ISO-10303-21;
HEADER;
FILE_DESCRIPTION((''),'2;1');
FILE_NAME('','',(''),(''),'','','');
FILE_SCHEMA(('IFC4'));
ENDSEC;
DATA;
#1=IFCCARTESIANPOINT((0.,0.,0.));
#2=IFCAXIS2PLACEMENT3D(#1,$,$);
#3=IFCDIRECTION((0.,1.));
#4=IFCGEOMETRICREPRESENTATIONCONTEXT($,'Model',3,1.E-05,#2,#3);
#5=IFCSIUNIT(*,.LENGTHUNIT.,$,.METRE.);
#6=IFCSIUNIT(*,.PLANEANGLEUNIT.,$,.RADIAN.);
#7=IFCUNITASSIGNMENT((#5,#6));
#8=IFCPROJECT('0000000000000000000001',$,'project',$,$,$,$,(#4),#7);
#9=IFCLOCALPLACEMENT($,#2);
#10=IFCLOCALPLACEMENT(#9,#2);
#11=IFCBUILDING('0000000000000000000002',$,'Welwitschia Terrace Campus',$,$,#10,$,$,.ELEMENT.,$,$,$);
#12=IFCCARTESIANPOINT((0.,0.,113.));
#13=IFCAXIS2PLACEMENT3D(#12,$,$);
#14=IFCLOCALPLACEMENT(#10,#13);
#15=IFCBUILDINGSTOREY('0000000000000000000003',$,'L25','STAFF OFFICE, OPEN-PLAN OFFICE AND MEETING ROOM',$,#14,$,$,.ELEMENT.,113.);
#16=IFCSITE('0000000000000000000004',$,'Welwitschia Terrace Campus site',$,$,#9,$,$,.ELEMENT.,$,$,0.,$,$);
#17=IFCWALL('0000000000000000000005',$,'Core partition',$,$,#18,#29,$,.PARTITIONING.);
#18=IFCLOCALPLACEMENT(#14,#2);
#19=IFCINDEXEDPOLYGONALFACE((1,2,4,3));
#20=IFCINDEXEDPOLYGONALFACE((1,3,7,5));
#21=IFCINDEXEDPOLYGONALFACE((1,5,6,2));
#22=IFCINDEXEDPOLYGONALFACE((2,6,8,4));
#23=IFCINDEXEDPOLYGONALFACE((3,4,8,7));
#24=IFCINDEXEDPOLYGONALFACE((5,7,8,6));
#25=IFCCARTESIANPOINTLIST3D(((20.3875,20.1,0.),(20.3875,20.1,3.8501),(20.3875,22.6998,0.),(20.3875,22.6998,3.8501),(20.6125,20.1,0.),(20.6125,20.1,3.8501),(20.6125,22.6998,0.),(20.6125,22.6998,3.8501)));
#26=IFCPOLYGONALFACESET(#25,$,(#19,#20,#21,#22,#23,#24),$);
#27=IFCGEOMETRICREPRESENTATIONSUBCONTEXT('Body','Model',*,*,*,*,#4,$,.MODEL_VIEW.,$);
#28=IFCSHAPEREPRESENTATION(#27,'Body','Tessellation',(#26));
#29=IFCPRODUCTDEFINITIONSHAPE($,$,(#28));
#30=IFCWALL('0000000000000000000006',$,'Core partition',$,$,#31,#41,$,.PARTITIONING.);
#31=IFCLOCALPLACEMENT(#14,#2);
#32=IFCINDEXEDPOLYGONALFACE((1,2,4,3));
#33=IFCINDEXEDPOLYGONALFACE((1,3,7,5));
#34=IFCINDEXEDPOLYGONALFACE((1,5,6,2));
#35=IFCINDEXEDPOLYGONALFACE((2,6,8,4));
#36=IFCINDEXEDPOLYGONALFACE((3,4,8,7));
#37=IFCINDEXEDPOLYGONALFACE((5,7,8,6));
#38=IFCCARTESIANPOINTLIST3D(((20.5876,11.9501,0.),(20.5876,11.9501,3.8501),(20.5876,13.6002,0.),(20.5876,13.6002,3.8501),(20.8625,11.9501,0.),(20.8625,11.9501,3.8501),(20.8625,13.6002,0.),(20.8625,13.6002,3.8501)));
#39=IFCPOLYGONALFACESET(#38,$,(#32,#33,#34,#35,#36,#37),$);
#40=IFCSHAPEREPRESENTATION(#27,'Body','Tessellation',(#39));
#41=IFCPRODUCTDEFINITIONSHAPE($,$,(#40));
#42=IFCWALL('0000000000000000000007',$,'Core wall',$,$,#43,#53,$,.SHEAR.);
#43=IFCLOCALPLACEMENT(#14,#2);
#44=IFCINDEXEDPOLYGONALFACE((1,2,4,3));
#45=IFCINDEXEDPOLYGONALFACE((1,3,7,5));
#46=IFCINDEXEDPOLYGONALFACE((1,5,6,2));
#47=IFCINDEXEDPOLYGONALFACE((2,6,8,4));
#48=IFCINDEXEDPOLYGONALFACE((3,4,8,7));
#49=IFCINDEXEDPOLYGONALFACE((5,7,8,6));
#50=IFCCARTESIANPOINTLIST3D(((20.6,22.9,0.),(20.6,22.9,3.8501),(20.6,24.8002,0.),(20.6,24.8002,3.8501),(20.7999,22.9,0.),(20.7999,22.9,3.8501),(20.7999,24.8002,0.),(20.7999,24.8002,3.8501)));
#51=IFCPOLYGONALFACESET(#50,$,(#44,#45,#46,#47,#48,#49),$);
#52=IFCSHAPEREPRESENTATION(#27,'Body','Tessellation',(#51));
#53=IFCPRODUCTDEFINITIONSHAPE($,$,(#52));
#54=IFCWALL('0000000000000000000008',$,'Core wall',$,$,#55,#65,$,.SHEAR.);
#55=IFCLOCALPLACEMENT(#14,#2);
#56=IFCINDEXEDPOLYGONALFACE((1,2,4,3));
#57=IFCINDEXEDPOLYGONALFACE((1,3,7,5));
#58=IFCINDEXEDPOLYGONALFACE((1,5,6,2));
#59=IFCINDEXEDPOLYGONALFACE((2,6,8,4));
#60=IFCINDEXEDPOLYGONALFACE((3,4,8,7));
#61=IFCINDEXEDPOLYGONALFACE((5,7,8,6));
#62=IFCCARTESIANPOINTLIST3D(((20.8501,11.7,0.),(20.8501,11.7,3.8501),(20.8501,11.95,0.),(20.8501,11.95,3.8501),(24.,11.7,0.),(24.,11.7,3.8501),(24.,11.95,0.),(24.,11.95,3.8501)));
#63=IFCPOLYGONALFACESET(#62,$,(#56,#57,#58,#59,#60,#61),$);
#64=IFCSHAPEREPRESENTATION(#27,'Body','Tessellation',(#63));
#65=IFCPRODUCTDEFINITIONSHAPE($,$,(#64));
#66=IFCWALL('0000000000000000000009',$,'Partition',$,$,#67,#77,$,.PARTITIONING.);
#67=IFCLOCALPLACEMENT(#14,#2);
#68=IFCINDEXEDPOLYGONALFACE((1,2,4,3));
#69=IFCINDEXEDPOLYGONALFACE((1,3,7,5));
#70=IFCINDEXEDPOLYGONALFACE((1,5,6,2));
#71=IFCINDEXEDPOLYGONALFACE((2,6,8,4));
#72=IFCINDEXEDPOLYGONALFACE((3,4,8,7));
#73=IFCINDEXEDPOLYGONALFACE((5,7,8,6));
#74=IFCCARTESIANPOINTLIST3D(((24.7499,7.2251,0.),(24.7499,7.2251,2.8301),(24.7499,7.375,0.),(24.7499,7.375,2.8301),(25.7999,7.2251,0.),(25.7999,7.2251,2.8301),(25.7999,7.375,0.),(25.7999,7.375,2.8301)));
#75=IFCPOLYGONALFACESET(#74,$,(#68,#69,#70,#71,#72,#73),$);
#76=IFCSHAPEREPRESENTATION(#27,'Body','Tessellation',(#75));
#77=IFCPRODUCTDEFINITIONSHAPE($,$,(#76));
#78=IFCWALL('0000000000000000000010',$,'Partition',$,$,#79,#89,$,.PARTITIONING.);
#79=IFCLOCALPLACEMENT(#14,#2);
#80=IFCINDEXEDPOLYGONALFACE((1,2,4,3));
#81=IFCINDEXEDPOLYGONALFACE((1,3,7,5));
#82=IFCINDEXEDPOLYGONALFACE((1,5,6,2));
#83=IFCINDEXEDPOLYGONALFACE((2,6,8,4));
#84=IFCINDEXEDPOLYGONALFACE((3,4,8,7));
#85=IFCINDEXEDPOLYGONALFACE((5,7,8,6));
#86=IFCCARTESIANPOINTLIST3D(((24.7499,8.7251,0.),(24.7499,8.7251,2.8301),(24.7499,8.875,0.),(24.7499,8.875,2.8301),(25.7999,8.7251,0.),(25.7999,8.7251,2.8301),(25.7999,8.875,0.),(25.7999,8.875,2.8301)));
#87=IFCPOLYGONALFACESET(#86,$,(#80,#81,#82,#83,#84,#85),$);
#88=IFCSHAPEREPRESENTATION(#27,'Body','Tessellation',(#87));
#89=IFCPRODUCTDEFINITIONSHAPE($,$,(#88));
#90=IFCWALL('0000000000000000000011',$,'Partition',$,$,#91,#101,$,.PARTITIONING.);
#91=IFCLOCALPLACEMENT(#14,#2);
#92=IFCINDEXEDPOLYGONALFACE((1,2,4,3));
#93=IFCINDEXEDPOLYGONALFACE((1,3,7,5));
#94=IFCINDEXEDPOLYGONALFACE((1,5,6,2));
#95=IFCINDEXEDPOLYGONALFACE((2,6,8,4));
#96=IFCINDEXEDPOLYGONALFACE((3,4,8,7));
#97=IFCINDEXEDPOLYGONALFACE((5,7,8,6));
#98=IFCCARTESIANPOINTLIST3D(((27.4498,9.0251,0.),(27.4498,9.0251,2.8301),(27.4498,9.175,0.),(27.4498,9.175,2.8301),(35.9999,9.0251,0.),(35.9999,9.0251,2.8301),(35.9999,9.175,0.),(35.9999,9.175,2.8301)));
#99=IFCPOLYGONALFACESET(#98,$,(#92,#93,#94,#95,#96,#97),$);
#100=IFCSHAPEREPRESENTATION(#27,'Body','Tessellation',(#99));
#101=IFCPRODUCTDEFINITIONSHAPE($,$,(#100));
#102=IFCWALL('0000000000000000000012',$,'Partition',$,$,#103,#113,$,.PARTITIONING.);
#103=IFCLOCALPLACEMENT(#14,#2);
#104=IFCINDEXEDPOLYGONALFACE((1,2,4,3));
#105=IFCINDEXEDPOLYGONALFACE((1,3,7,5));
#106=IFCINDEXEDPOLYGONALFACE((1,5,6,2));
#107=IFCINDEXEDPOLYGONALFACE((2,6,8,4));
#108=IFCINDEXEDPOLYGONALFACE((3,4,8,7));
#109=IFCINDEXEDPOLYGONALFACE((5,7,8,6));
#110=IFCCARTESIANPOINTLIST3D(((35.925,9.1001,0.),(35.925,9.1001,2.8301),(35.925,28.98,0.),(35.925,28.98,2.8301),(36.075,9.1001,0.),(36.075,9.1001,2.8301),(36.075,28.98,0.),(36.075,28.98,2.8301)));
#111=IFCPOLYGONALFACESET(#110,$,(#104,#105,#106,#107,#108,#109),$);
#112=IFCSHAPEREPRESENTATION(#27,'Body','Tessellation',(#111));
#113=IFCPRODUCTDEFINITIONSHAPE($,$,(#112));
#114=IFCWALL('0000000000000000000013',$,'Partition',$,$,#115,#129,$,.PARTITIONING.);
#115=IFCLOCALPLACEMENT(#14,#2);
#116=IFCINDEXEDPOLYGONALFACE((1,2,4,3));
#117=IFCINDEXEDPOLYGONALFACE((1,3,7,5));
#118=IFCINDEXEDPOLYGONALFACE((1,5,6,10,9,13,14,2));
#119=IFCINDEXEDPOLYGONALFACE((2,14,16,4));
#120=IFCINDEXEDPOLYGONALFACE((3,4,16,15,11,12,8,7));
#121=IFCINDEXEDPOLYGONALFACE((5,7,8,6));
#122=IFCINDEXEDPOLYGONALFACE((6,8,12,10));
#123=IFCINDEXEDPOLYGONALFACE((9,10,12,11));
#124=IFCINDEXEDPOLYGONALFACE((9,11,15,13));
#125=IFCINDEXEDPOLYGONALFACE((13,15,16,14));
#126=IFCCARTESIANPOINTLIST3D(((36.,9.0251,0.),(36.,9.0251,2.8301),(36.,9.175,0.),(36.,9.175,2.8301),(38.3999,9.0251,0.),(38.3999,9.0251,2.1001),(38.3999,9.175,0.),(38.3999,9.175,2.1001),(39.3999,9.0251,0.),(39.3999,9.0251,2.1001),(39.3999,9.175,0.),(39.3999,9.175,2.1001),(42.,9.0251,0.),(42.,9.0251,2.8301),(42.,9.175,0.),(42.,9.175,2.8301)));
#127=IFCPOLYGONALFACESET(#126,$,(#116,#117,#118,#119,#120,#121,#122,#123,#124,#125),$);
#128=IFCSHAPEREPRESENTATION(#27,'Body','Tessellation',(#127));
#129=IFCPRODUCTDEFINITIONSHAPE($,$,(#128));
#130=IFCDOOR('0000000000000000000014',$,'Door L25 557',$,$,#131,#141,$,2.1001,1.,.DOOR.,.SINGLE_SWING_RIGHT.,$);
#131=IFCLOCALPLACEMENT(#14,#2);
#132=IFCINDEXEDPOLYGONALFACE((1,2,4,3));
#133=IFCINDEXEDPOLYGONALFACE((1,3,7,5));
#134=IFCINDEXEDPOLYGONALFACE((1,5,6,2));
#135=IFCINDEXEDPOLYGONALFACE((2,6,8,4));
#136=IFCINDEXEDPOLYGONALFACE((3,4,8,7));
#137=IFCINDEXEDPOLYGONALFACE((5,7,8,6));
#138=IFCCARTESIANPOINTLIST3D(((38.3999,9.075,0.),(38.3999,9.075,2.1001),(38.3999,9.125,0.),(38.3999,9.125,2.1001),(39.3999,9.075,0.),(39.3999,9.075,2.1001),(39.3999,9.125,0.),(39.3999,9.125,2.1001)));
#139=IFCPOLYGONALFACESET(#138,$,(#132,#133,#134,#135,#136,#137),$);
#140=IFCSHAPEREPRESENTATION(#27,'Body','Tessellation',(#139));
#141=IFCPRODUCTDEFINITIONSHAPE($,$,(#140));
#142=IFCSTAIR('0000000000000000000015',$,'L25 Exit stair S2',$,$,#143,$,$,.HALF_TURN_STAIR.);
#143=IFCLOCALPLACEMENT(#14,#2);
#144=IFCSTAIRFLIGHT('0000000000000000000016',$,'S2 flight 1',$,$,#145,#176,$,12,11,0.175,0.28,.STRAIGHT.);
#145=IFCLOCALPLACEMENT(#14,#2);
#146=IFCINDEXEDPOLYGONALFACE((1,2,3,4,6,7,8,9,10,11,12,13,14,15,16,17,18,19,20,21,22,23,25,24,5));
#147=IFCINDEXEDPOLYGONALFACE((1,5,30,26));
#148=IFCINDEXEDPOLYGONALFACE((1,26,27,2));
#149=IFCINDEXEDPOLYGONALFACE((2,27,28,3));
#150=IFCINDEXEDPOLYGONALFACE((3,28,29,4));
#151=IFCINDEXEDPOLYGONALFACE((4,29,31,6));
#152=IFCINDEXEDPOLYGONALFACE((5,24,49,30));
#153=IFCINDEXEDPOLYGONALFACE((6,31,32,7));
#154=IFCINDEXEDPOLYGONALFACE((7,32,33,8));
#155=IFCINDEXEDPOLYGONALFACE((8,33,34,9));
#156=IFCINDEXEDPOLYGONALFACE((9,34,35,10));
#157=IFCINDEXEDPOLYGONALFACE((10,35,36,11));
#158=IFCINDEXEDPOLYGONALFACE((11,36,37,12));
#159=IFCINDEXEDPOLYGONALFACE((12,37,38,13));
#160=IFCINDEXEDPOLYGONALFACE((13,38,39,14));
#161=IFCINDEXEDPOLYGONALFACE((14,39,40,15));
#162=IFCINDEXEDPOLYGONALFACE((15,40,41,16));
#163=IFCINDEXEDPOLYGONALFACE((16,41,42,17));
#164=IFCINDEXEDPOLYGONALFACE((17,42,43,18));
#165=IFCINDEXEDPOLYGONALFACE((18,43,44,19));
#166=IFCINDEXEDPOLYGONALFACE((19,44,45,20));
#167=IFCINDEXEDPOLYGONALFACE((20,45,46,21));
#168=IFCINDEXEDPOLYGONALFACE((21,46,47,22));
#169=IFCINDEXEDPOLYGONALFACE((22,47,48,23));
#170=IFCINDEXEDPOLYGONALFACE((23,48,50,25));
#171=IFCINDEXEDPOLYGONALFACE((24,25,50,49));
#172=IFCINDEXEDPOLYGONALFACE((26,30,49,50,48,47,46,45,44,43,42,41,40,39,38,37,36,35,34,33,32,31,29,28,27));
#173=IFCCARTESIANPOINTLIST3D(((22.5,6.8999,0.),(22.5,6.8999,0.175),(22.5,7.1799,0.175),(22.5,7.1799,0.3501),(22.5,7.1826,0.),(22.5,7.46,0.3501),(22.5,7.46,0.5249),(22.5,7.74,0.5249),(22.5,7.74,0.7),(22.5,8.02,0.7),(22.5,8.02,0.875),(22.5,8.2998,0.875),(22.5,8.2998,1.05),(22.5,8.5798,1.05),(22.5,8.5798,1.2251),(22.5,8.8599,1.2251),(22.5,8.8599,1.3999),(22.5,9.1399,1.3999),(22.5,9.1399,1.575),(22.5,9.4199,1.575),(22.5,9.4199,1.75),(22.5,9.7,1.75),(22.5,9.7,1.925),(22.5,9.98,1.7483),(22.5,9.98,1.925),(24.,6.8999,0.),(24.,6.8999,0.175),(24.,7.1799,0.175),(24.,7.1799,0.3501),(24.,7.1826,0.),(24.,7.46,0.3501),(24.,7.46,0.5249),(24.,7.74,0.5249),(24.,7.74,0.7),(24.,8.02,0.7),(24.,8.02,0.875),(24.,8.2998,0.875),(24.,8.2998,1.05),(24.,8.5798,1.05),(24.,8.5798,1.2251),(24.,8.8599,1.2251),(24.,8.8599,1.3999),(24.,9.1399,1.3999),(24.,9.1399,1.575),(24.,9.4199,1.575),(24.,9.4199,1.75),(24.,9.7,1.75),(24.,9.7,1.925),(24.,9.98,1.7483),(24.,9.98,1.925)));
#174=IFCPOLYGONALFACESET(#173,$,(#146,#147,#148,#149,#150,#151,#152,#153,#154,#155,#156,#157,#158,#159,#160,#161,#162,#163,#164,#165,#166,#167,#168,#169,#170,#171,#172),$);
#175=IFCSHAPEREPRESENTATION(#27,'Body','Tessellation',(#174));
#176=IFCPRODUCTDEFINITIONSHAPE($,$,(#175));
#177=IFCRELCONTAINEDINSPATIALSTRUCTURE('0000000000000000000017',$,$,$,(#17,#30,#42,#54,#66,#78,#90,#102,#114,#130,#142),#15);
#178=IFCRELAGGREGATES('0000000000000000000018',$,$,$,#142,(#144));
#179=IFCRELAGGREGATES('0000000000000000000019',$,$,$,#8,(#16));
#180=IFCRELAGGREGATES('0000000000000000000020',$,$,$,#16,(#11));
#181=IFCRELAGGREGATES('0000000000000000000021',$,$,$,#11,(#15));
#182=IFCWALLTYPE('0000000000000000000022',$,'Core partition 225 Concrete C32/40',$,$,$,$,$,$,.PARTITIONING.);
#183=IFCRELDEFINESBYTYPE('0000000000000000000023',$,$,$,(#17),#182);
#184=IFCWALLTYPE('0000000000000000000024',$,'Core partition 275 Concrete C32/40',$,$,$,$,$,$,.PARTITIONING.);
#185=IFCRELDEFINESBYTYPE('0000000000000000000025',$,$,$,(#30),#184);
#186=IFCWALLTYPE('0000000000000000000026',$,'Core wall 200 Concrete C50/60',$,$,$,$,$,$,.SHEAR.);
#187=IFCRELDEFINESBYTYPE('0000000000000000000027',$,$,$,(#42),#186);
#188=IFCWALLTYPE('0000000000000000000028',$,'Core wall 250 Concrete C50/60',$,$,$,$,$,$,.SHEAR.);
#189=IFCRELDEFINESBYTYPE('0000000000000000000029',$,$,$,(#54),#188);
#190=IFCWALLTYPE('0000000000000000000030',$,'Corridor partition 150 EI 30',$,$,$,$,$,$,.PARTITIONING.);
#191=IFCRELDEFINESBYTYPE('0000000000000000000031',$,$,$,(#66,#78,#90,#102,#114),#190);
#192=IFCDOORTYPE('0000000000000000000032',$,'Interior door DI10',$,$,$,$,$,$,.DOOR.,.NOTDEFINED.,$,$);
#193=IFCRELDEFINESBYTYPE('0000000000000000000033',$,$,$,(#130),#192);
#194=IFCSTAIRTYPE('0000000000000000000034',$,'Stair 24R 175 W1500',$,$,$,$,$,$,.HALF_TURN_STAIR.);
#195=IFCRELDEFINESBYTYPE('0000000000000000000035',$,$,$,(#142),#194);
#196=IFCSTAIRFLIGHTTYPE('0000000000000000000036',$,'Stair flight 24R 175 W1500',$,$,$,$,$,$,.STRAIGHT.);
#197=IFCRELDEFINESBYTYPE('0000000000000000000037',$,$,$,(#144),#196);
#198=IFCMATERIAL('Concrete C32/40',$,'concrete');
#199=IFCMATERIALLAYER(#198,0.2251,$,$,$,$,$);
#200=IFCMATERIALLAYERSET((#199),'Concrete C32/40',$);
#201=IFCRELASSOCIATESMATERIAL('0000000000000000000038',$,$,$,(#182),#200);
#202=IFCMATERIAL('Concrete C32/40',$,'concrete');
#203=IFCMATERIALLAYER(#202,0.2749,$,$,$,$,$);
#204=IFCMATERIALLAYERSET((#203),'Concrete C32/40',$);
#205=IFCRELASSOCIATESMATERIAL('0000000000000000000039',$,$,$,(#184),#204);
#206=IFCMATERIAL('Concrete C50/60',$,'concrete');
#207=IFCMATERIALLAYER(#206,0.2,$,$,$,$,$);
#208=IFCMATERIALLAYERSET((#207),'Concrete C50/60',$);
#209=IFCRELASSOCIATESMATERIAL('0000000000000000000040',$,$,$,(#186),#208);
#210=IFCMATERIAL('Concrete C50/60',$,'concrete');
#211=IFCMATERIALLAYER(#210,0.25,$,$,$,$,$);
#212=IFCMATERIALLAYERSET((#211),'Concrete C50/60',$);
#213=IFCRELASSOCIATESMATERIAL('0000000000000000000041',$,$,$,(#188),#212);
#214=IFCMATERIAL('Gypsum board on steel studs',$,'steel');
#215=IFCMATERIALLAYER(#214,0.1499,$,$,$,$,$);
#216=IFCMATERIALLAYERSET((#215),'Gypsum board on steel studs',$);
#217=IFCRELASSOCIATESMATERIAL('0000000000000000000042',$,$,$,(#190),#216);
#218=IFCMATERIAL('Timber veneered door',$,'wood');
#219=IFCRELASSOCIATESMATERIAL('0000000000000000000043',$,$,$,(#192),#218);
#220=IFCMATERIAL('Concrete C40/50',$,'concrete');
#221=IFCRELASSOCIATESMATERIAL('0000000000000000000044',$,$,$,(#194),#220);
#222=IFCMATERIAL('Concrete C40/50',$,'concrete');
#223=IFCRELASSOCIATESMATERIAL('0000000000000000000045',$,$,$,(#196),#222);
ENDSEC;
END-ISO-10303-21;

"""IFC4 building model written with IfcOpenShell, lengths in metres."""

from ifc_helpers import new_model, si_unit, direction, frame, frame_2d, origin, place, context, subcontext, project, spatial, polyline, rectangle, outline, extrude, material, layer, layer_set, type_object, element, fill, aggregate, save


model = new_model("IFC4")

# Units and contexts
model_context = context("Model", 3, precision=1e-05, world=origin(), true_north=direction((0.0, 1.0)))
body_context = subcontext(model_context, "Body", "Model", "MODEL_VIEW")
ifc_project = project(units=[si_unit("LENGTHUNIT", "METRE"), si_unit("PLANEANGLEUNIT", "RADIAN")], contexts=[model_context])

# Site, building, storey
site_placement = place(None, origin())
site = spatial("IfcSite", under=ifc_project, at=site_placement, Name="Welwitschia Terrace Campus site", CompositionType="ELEMENT", RefElevation=0.0)
building_placement = place(site_placement, origin())
building = spatial("IfcBuilding", under=site, at=building_placement, Name="Welwitschia Terrace Campus", CompositionType="ELEMENT")
storey_placement = place(building_placement, frame((0.0, 0.0, 113.0)))
storey = spatial("IfcBuildingStorey", under=building, at=storey_placement, Name="L25", Description="STAFF OFFICE, OPEN-PLAN OFFICE AND MEETING ROOM", CompositionType="ELEMENT", Elevation=113.0)

# Shared definitions
ifc_material_1 = material(Name="Concrete C32/40", Category="concrete")
ifc_layer_1 = layer(ifc_material_1, 0.2251)
ifc_layer_set_1 = layer_set([ifc_layer_1], Name="Concrete C32/40")
wall_type_1 = type_object("IfcWallType", Name="Core partition 225 Concrete C32/40", PredefinedType="PARTITIONING", material=ifc_layer_set_1)

# Walls
for number, where, z_axis, x_axis, name in (
    (1, (20.5, 20.1001, 0.0), (0.0, 0.0, 1.0), (0.0, 1.0, 0.0), "Core partition"),
):
    element("IfcWall", number, at=place(storey_placement, frame(where, z_axis=z_axis, x_axis=x_axis)), inside=storey, type_object=wall_type_1, Name=name, PredefinedType="PARTITIONING", context=body_context, shape_type="SweptSolid", body=[
        extrude(rectangle(XDim=2.5999, YDim=0.2251, at=frame_2d((1.2998, 0.0))), origin(), (0.0, 0.0, 1.0), 3.8501),
    ])
ifc_material_2 = material(Name="Concrete C32/40", Category="concrete")
ifc_layer_2 = layer(ifc_material_2, 0.2749)
ifc_layer_set_2 = layer_set([ifc_layer_2], Name="Concrete C32/40")
wall_type_2 = type_object("IfcWallType", Name="Core partition 275 Concrete C32/40", PredefinedType="PARTITIONING", material=ifc_layer_set_2)
wall_1_placement = place(storey_placement, frame((20.7251, 11.95, 0.0), z_axis=(0.0, 0.0, 1.0), x_axis=(0.0, 1.0, 0.0)))
element("IfcWall", 2, at=wall_1_placement, inside=storey, type_object=wall_type_2, Name="Core partition", PredefinedType="PARTITIONING", context=body_context, shape_type="SweptSolid", body=[
    extrude(rectangle(XDim=1.6501, YDim=0.2749, at=frame_2d((0.8252, 0.0))), origin(), (0.0, 0.0, 1.0), 3.8501),
])
ifc_material_3 = material(Name="Concrete C50/60", Category="concrete")
ifc_layer_3 = layer(ifc_material_3, 0.2)
ifc_layer_set_3 = layer_set([ifc_layer_3], Name="Concrete C50/60")
wall_type_3 = type_object("IfcWallType", Name="Core wall 200 Concrete C50/60", PredefinedType="SHEAR", material=ifc_layer_set_3)
wall_2_placement = place(storey_placement, frame((20.7, 22.8999, 0.0), z_axis=(0.0, 0.0, 1.0), x_axis=(0.0, 1.0, 0.0)))
element("IfcWall", 3, at=wall_2_placement, inside=storey, type_object=wall_type_3, Name="Core wall", PredefinedType="SHEAR", context=body_context, shape_type="SweptSolid", body=[
    extrude(rectangle(XDim=1.9001, YDim=0.2, at=frame_2d((0.9502, 0.0))), origin(), (0.0, 0.0, 1.0), 3.8501),
])
ifc_material_4 = material(Name="Concrete C50/60", Category="concrete")
ifc_layer_4 = layer(ifc_material_4, 0.25)
ifc_layer_set_4 = layer_set([ifc_layer_4], Name="Concrete C50/60")
wall_type_4 = type_object("IfcWallType", Name="Core wall 250 Concrete C50/60", PredefinedType="SHEAR", material=ifc_layer_set_4)
wall_3_placement = place(storey_placement, frame((20.8501, 11.825, 0.0), z_axis=(0.0, 0.0, 1.0), x_axis=(1.0, 0.0, 0.0)))
element("IfcWall", 4, at=wall_3_placement, inside=storey, type_object=wall_type_4, Name="Core wall", PredefinedType="SHEAR", context=body_context, shape_type="SweptSolid", body=[
    extrude(rectangle(XDim=3.1499, YDim=0.25, at=frame_2d((1.575, 0.0))), origin(), (0.0, 0.0, 1.0), 3.8501),
])
ifc_material_5 = material(Name="Gypsum board on steel studs", Category="steel")
ifc_layer_5 = layer(ifc_material_5, 0.1499)
ifc_layer_set_5 = layer_set([ifc_layer_5], Name="Gypsum board on steel studs")
wall_type_5 = type_object("IfcWallType", Name="Corridor partition 150 EI 30", PredefinedType="PARTITIONING", material=ifc_layer_set_5)
for number, where, z_axis, x_axis, name in (
    (5, (24.75, 7.3, 0.0), (0.0, 0.0, 1.0), (1.0, 0.0, 0.0), "Partition"),
    (6, (24.75, 8.8, 0.0), (0.0, 0.0, 1.0), (1.0, 0.0, 0.0), "Partition"),
):
    element("IfcWall", number, at=place(storey_placement, frame(where, z_axis=z_axis, x_axis=x_axis)), inside=storey, type_object=wall_type_5, Name=name, PredefinedType="PARTITIONING", context=body_context, shape_type="SweptSolid", body=[
        extrude(rectangle(XDim=1.05, YDim=0.1499, at=frame_2d((0.5249, 0.0))), origin(), (0.0, 0.0, 1.0), 2.8301),
    ])
wall_4_placement = place(storey_placement, frame((27.45, 9.1001, 0.0), z_axis=(0.0, 0.0, 1.0), x_axis=(1.0, 0.0, 0.0)))
element("IfcWall", 7, at=wall_4_placement, inside=storey, type_object=wall_type_5, Name="Partition", PredefinedType="PARTITIONING", context=body_context, shape_type="SweptSolid", body=[
    extrude(rectangle(XDim=8.55, YDim=0.1499, at=frame_2d((4.2749, 0.0))), origin(), (0.0, 0.0, 1.0), 2.8301),
])
wall_5_placement = place(storey_placement, frame((36.0, 9.1001, 0.0), z_axis=(0.0, 0.0, 1.0), x_axis=(0.0, 1.0, 0.0)))
element("IfcWall", 8, at=wall_5_placement, inside=storey, type_object=wall_type_5, Name="Partition", PredefinedType="PARTITIONING", context=body_context, shape_type="SweptSolid", body=[
    extrude(rectangle(XDim=19.8799, YDim=0.1499, at=frame_2d((9.9399, 0.0))), origin(), (0.0, 0.0, 1.0), 2.8301),
])

# Wall, opening, door
wall_6_placement = place(storey_placement, frame((36.0, 9.1001, 0.0), z_axis=(0.0, 0.0, 1.0), x_axis=(1.0, 0.0, 0.0)))
wall_6 = element("IfcWall", 9, at=wall_6_placement, inside=storey, type_object=wall_type_5, Name="Partition", PredefinedType="PARTITIONING", context=body_context, shape_type="SweptSolid", body=[
    extrude(rectangle(XDim=6.0, YDim=0.1499, at=frame_2d((3.0, 0.0))), origin(), (0.0, 0.0, 1.0), 2.8301),
])
opening_1_placement = place(wall_6_placement, frame((2.3999, 0.0, 0.0)))
opening_1 = element("IfcOpeningElement", 10, at=opening_1_placement, cuts=wall_6, PredefinedType="OPENING", context=body_context, shape_type="SweptSolid", body=[
    extrude(rectangle(XDim=1.0, YDim=2.1001, at=frame_2d((0.5, 1.05))), frame((0.0, 0.085, 0.0), z_axis=(0.0, -1.0, 0.0), x_axis=(1.0, 0.0, 0.0)), (0.0, 0.0, 1.0), 0.1699),
])
ifc_material_6 = material(Name="Timber veneered door", Category="wood")
door_type_1 = type_object("IfcDoorType", Name="Interior door DI10", OperationType="NOTDEFINED", PredefinedType="DOOR", material=ifc_material_6)
door_1_placement = place(opening_1_placement, origin())
door_1 = element("IfcDoor", 11, at=door_1_placement, inside=storey, type_object=door_type_1, Name="Door L25 557", OperationType="SINGLE_SWING_RIGHT", OverallHeight=2.1001, OverallWidth=1.0, PredefinedType="DOOR", context=body_context, shape_type="SweptSolid", body=[
    extrude(rectangle(XDim=1.0, YDim=2.1001, at=frame_2d((0.5, 1.05))), frame((0.0, 0.0249, 0.0), z_axis=(0.0, -1.0, 0.0), x_axis=(1.0, 0.0, 0.0)), (0.0, 0.0, 1.0), 0.05),
])
fill(opening_1, door_1)

# Stair, stair flight
ifc_material_7 = material(Name="Concrete C40/50", Category="concrete")
stair_type = type_object("IfcStairType", Name="Stair 24R 175 W1500", PredefinedType="HALF_TURN_STAIR", material=ifc_material_7)
stair_placement = place(storey_placement, origin())
stair = element("IfcStair", 12, at=stair_placement, inside=storey, type_object=stair_type, Name="L25 Exit stair S2", PredefinedType="HALF_TURN_STAIR")
ifc_material_8 = material(Name="Concrete C40/50", Category="concrete")
stair_flight_type = type_object("IfcStairFlightType", Name="Stair flight 24R 175 W1500", PredefinedType="STRAIGHT", material=ifc_material_8)
stair_flight_1_placement = place(storey_placement, frame((23.25, 6.8999, 0.0), z_axis=(0.0, 0.0, 1.0), x_axis=(0.0, 1.0, 0.0)))
stair_flight_1 = element("IfcStairFlight", 13, at=stair_flight_1_placement, type_object=stair_flight_type, Name="S2 flight 1", NumberOfRisers=12, NumberOfTreads=11, PredefinedType="STRAIGHT", RiserHeight=0.175, TreadLength=0.28, context=body_context, shape_type="SweptSolid", body=[
    extrude(outline(polyline([(0.0, 0.0), (0.0, 0.175), (0.28, 0.175), (0.28, 0.3501), (0.5601, 0.3501), (0.5601, 0.5249), (0.8401, 0.5249), (0.8401, 0.7), (1.1201, 0.7), (1.1201, 0.875), (1.3999, 0.875), (1.3999, 1.05), (1.6799, 1.05), (1.6799, 1.2251), (1.96, 1.2251), (1.96, 1.3999), (2.24, 1.3999), (2.24, 1.575), (2.52, 1.575), (2.52, 1.75), (2.8, 1.75), (2.8, 1.925), (3.0801, 1.925), (3.0801, 2.1001), (3.0801, 1.7483), (0.2827, 0.0), (0.0, 0.0)])), frame((0.0, 0.75, 0.0), z_axis=(0.0, -1.0, 0.0), x_axis=(1.0, 0.0, 0.0)), (0.0, 0.0, 1.0), 1.5),
])
aggregate(stair, [stair_flight_1])

save(model, "model.ifc")
